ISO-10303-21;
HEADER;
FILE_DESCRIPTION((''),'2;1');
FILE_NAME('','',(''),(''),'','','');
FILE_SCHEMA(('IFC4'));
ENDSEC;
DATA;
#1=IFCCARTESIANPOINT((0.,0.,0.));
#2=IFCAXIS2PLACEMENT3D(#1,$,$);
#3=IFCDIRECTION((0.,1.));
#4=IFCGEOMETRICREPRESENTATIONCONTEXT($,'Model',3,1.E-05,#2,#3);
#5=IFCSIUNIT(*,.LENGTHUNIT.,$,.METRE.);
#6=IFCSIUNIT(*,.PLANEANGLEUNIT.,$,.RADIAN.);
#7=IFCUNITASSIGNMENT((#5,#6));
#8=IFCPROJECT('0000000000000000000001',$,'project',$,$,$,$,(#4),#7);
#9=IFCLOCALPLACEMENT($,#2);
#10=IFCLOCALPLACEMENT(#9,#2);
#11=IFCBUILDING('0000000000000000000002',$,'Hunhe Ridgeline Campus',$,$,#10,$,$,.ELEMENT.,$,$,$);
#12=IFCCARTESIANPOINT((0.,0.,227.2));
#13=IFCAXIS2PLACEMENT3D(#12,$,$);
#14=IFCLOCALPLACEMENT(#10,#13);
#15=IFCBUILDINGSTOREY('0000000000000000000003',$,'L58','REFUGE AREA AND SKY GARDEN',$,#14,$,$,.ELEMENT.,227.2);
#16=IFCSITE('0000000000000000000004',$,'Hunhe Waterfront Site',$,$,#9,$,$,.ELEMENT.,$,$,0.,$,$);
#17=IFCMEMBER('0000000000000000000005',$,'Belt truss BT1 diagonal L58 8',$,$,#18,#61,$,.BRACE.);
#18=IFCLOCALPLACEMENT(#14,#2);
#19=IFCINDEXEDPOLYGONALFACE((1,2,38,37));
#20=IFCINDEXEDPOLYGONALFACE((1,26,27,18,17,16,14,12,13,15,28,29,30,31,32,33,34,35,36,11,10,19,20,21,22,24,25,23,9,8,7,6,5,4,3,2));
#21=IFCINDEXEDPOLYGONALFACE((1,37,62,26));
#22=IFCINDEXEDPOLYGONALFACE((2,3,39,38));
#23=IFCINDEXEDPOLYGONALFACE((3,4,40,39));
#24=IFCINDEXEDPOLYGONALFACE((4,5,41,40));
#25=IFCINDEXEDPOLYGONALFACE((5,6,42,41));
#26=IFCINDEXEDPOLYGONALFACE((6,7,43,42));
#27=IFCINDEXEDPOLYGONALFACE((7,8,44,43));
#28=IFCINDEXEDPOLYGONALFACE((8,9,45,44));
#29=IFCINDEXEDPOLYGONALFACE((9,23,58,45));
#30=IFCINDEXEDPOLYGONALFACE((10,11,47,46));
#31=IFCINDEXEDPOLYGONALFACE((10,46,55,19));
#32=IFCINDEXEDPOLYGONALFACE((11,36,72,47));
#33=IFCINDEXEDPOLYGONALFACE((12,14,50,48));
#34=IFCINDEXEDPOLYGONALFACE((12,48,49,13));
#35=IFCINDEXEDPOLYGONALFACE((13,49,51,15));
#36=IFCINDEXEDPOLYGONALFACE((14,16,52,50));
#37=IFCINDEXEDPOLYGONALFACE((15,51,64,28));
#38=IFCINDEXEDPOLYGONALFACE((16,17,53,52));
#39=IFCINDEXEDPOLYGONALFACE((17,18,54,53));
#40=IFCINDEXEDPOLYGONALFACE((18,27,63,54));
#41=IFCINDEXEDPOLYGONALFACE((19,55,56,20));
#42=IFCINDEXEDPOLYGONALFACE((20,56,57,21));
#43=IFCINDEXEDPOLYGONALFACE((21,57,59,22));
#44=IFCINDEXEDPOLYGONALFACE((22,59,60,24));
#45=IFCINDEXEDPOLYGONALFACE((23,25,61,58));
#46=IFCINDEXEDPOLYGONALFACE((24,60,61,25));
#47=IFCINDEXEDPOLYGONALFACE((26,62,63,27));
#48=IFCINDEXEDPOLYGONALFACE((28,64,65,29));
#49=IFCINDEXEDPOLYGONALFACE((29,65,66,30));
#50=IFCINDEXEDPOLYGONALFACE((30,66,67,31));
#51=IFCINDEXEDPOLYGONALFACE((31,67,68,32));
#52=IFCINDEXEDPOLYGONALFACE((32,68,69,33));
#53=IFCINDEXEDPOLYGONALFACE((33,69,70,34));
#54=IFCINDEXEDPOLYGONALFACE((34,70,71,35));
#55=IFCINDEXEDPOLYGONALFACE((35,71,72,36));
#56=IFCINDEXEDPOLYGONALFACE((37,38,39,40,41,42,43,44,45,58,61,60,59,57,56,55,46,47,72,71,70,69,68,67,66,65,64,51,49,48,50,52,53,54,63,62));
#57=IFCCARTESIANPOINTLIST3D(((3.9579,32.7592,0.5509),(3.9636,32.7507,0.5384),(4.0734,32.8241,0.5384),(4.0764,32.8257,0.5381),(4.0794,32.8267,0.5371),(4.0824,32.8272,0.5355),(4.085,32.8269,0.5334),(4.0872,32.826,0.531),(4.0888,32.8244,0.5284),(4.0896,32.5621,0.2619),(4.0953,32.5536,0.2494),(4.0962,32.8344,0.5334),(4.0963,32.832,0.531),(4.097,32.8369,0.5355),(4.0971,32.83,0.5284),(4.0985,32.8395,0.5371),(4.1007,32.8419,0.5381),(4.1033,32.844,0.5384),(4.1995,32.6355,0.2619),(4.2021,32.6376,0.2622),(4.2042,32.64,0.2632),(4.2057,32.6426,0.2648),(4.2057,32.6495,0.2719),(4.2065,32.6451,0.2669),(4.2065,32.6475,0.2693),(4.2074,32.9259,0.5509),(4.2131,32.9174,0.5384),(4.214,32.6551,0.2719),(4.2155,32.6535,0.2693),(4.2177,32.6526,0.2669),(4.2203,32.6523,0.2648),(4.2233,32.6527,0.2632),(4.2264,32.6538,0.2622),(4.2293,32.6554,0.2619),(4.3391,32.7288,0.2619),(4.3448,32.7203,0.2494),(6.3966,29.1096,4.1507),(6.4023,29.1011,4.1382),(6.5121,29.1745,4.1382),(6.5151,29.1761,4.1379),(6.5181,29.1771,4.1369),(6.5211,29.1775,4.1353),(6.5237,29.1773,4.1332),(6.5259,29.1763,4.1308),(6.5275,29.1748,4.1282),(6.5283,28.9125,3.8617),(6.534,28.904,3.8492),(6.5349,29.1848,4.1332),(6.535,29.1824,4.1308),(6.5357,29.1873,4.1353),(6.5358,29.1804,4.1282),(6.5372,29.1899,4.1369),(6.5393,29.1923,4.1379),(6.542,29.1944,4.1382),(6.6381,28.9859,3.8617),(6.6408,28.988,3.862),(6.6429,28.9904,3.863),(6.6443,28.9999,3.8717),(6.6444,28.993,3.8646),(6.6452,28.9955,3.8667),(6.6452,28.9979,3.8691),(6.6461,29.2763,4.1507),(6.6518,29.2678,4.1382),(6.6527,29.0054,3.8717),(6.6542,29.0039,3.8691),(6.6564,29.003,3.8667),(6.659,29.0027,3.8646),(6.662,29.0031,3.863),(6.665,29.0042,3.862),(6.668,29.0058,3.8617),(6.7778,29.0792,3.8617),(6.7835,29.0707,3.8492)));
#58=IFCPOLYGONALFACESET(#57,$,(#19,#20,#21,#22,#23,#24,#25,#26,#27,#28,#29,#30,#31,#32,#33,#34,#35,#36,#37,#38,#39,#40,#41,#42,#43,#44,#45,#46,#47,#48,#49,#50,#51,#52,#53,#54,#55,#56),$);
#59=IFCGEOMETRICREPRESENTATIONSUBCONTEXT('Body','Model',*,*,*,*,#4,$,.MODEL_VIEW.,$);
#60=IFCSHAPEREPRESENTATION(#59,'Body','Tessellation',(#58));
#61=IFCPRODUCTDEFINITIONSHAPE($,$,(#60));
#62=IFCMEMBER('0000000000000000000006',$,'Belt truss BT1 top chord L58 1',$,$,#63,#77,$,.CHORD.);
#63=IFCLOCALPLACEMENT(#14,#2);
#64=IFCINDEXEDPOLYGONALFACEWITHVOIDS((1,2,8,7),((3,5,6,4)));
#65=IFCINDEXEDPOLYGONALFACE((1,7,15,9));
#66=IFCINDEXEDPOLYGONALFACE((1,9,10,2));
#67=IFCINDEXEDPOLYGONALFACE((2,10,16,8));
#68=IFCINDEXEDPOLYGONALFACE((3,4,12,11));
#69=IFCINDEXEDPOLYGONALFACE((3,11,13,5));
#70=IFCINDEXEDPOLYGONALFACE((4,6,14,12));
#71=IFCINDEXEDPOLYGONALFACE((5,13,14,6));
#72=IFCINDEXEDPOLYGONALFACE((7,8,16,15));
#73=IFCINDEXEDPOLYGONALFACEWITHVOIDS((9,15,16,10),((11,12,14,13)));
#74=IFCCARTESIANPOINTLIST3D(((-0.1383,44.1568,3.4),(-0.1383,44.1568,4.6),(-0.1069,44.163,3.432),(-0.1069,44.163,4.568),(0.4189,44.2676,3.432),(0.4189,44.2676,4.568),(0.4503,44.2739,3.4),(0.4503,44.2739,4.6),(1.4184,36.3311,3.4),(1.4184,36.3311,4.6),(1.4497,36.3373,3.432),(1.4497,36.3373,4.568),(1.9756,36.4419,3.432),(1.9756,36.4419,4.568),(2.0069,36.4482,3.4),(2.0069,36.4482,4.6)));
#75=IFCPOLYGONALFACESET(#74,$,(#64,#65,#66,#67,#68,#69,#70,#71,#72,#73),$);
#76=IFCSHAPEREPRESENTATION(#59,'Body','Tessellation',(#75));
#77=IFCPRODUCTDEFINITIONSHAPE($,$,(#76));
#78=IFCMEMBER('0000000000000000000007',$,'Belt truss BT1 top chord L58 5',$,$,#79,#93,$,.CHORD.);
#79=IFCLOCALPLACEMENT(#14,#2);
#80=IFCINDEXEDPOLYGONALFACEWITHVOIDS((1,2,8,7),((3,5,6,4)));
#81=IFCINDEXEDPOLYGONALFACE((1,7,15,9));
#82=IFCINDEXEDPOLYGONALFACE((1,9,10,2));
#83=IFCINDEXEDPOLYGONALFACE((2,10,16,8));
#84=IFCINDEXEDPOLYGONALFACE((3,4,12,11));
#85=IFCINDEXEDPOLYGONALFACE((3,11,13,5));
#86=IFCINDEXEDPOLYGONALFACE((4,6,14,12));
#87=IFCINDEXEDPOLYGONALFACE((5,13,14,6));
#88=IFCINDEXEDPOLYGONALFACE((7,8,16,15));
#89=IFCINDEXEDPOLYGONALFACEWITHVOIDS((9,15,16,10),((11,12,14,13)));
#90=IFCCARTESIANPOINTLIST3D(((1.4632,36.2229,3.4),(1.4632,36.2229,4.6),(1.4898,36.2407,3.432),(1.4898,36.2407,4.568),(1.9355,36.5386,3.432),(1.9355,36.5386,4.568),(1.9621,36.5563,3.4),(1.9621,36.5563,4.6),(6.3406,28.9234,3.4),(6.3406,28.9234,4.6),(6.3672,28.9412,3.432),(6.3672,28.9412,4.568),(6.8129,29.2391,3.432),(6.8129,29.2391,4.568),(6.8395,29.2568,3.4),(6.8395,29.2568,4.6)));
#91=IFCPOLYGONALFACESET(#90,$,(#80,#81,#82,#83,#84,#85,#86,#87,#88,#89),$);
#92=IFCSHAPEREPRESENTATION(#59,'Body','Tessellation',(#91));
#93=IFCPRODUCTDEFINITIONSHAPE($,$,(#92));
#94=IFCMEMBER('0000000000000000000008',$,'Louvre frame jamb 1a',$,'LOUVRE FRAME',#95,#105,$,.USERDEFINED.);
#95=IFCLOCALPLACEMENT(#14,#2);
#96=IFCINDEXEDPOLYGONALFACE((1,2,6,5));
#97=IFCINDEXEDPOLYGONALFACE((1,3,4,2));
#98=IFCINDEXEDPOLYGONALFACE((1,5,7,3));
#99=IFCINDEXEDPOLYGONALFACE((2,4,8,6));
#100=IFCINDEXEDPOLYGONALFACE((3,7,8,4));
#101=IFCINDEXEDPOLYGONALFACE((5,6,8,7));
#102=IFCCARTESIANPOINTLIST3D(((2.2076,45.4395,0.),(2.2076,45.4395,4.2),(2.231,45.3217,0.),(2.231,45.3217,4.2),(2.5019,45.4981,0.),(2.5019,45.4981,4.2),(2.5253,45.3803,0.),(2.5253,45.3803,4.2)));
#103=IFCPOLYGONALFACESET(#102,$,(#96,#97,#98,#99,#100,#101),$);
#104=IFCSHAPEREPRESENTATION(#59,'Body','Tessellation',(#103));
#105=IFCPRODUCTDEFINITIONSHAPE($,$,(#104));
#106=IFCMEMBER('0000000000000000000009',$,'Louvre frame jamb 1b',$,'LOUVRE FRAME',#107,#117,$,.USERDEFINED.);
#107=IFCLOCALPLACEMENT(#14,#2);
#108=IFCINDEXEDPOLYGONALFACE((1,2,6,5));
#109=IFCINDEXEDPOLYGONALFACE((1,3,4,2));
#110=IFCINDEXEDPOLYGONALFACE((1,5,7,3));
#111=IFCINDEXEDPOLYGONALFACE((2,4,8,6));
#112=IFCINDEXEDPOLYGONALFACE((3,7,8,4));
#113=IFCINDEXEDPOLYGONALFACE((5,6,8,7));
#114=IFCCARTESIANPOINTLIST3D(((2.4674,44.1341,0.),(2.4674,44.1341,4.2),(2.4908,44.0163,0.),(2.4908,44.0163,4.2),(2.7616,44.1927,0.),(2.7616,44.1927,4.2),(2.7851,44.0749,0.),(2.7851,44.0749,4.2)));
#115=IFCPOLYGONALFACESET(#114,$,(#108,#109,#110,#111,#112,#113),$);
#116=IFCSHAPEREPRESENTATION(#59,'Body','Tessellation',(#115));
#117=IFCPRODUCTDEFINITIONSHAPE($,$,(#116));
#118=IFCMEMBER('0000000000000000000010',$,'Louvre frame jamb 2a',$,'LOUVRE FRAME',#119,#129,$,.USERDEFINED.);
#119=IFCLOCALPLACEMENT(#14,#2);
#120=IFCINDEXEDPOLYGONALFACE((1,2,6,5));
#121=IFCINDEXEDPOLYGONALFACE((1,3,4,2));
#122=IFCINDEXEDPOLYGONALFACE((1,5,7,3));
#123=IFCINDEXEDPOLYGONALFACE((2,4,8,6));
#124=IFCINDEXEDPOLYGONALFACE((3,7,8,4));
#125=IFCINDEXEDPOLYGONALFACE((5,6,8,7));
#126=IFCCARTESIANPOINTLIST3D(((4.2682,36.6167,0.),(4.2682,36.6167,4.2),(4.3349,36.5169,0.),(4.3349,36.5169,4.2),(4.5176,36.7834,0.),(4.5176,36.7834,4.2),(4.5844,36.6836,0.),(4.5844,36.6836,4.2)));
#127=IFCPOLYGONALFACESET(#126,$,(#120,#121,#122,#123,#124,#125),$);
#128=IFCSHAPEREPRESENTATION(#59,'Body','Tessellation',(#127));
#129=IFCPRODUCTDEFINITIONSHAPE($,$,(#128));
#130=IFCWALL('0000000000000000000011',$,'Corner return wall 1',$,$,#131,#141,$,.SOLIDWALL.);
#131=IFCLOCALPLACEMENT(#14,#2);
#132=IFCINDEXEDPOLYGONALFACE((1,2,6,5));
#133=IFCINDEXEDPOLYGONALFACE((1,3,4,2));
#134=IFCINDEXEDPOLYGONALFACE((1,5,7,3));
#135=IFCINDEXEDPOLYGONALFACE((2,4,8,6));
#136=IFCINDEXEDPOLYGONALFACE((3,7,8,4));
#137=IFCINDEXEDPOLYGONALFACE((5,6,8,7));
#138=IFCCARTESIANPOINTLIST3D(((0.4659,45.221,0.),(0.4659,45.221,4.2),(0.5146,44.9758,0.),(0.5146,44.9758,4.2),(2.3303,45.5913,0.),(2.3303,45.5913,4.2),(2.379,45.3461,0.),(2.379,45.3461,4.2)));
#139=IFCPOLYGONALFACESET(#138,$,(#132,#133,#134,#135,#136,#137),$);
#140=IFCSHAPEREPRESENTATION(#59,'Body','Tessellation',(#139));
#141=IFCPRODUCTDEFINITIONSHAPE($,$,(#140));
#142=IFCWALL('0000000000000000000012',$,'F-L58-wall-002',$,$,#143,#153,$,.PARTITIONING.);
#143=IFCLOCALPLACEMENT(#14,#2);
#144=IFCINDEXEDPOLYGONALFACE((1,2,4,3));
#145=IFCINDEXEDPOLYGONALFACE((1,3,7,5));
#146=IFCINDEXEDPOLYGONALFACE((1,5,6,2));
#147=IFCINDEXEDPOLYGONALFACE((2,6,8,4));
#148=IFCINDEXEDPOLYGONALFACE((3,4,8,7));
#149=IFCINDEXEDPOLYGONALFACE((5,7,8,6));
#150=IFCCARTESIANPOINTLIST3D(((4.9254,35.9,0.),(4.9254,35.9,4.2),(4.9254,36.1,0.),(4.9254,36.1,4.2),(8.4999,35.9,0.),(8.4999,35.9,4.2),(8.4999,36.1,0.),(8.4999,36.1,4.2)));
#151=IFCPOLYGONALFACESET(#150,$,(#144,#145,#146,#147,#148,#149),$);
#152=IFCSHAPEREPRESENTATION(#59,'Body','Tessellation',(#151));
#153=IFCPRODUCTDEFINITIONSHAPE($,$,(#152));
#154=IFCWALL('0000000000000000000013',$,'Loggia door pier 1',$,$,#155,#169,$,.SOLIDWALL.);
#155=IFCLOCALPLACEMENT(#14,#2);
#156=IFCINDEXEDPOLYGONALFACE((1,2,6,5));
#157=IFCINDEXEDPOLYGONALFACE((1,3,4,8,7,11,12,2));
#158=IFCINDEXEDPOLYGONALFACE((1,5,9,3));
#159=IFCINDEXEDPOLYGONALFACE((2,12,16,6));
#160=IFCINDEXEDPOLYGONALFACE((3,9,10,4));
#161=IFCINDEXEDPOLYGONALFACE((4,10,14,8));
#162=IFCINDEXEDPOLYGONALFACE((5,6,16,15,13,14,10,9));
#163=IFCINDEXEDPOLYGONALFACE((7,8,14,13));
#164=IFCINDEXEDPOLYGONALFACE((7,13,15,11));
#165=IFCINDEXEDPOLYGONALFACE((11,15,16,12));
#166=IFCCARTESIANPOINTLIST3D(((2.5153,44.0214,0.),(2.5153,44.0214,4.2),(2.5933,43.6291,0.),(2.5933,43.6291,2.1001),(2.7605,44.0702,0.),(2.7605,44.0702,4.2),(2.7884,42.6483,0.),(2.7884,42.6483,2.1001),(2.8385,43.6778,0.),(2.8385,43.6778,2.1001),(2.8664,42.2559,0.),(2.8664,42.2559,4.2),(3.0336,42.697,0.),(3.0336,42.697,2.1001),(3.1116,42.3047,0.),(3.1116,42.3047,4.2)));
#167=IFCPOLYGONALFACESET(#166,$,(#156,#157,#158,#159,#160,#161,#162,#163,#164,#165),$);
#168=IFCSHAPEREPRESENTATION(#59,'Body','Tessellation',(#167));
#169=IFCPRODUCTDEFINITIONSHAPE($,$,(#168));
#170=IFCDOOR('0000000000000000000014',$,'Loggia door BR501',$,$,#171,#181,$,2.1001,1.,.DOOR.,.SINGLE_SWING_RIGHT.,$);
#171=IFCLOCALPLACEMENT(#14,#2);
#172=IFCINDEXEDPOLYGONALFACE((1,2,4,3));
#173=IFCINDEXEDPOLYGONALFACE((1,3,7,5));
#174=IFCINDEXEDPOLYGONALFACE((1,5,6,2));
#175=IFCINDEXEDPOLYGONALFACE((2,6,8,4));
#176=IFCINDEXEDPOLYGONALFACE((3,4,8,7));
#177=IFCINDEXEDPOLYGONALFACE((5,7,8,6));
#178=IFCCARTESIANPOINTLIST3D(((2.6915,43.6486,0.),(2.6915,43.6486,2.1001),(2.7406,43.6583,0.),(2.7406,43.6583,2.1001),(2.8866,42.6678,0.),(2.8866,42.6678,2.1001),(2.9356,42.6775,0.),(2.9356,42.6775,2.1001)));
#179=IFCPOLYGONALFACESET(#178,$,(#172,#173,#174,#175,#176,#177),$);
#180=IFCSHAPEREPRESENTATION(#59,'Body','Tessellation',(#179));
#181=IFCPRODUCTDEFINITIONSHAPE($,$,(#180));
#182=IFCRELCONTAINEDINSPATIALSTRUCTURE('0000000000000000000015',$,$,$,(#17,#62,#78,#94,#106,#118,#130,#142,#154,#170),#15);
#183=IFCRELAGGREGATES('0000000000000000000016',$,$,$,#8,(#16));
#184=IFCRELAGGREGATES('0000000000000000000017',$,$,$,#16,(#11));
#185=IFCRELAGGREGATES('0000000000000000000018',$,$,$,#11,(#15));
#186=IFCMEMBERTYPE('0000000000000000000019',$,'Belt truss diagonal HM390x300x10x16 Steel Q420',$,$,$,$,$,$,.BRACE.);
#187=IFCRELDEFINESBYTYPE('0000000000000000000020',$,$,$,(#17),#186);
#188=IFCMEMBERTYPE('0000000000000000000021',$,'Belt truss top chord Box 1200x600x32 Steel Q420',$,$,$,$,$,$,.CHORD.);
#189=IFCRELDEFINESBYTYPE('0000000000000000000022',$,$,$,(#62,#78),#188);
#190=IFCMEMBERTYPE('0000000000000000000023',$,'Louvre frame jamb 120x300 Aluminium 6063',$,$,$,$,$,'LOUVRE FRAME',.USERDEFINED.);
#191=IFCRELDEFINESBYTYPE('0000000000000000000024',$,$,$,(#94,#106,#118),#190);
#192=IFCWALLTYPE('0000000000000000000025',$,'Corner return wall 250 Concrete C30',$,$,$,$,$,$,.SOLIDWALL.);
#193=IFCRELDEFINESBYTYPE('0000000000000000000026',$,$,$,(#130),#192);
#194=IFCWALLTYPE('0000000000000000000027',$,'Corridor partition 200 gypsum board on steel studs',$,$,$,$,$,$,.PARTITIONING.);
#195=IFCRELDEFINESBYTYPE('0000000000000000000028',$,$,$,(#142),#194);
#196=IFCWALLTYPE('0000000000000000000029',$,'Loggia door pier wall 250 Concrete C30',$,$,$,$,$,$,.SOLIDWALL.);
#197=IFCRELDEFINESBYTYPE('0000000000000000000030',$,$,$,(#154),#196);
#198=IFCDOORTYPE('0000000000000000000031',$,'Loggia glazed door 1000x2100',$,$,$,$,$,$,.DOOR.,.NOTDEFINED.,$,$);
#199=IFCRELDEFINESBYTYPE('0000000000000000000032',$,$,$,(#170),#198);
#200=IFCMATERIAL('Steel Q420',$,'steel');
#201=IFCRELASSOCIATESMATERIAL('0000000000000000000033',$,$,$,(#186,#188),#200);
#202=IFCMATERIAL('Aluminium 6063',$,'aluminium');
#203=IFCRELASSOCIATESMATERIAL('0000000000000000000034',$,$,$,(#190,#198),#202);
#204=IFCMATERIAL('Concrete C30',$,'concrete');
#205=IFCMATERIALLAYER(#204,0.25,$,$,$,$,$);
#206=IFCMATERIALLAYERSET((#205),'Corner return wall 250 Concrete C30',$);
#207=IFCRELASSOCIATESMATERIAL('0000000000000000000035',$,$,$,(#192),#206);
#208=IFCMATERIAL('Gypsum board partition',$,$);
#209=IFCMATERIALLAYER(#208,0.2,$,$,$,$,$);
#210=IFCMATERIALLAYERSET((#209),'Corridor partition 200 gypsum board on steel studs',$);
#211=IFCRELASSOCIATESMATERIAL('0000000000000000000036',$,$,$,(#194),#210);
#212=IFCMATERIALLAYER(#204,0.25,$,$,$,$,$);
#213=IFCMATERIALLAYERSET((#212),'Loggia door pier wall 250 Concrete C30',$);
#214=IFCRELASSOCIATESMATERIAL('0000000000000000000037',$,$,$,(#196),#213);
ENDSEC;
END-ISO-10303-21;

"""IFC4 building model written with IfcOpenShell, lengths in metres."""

from ifc_helpers import new_model, si_unit, direction, frame, frame_2d, origin, origin_2d, place, context, subcontext, project, spatial, rectangle, hollow_rectangle, i_section, extrude, material, layer, layer_set, material_profile, profile_set, type_object, element, fill, save


model = new_model("IFC4")

# Units and contexts
model_context = context("Model", 3, precision=1e-05, world=origin(), true_north=direction((0.0, 1.0)))
body_context = subcontext(model_context, "Body", "Model", "MODEL_VIEW")
ifc_project = project(units=[si_unit("LENGTHUNIT", "METRE"), si_unit("PLANEANGLEUNIT", "RADIAN")], contexts=[model_context])

# Site, building, storey
site_placement = place(None, origin())
site = spatial("IfcSite", under=ifc_project, at=site_placement, Name="Hunhe Waterfront Site", CompositionType="ELEMENT", RefElevation=0.0)
building_placement = place(site_placement, origin())
building = spatial("IfcBuilding", under=site, at=building_placement, Name="Hunhe Ridgeline Campus", CompositionType="ELEMENT")
storey_placement = place(building_placement, frame((0.0, 0.0, 227.2)))
storey = spatial("IfcBuildingStorey", under=building, at=storey_placement, Name="L58", Description="REFUGE AREA AND SKY GARDEN", CompositionType="ELEMENT", Elevation=227.2)

# Members
ifc_material_1 = material(Name="Steel Q420", Category="steel")
ifc_material_profile_1 = material_profile(ifc_material_1, i_section(OverallWidth=0.3, OverallDepth=0.3899, WebThickness=0.01, FlangeThickness=0.0161, FilletRadius=0.0129, at=origin_2d()))
ifc_profile_set_1 = profile_set([ifc_material_profile_1], Name="Steel Q420")
member_type_1 = type_object("IfcMemberType", Name="Belt truss diagonal HM390x300x10x16 Steel Q420", PredefinedType="BRACE", material=ifc_profile_set_1)
member_1_placement = place(storey_placement, frame((4.1514, 32.7397, 0.4001), z_axis=(0.429593, -0.642905, 0.634132), x_axis=(0.831459, 0.555586, 0.0)))
element("IfcMember", 1, at=member_1_placement, inside=storey, type_object=member_type_1, Name="Belt truss BT1 diagonal L58 8", PredefinedType="BRACE", context=body_context, shape_type="SweptSolid", body=[
    extrude(i_section(OverallWidth=0.3, OverallDepth=0.3899, WebThickness=0.01, FlangeThickness=0.0161, FilletRadius=0.0129, at=origin_2d()), origin(), (0.0, 0.0, 1.0), 5.6768),
])
ifc_material_profile_2 = material_profile(ifc_material_1, hollow_rectangle(XDim=0.6001, YDim=1.2, WallThickness=0.032, at=origin_2d()))
ifc_profile_set_2 = profile_set([ifc_material_profile_2], Name="Steel Q420")
member_type_2 = type_object("IfcMemberType", Name="Belt truss top chord Box 1200x600x32 Steel Q420", PredefinedType="CHORD", material=ifc_profile_set_2)
member_2_placement = place(storey_placement, frame((0.156, 44.2153, 4.0), z_axis=(0.195092, -0.980785, 0.0), x_axis=(0.980785, 0.195092, 0.0)))
element("IfcMember", 2, at=member_2_placement, inside=storey, type_object=member_type_2, Name="Belt truss BT1 top chord L58 1", PredefinedType="CHORD", context=body_context, shape_type="SweptSolid", body=[
    extrude(hollow_rectangle(XDim=0.6001, YDim=1.2, WallThickness=0.032, at=origin_2d()), origin(), (0.0, 0.0, 1.0), 7.979),
])
member_3_placement = place(storey_placement, frame((1.7126, 36.3896, 4.0), z_axis=(0.555573, -0.831468, 0.0), x_axis=(0.831468, 0.555573, 0.0)))
element("IfcMember", 3, at=member_3_placement, inside=storey, type_object=member_type_2, Name="Belt truss BT1 top chord L58 5", PredefinedType="CHORD", context=body_context, shape_type="SweptSolid", body=[
    extrude(hollow_rectangle(XDim=0.6001, YDim=1.2, WallThickness=0.032, at=origin_2d()), origin(), (0.0, 0.0, 1.0), 8.7791),
])
ifc_material_2 = material(Name="Aluminium 6063", Category="aluminium")
ifc_material_profile_3 = material_profile(ifc_material_2, rectangle(XDim=0.3, YDim=0.1201, at=origin_2d()))
ifc_profile_set_3 = profile_set([ifc_material_profile_3], Name="Aluminium 6063")
member_type_3 = type_object("IfcMemberType", Name="Louvre frame jamb 120x300 Aluminium 6063", ElementType="LOUVRE FRAME", PredefinedType="USERDEFINED", material=ifc_profile_set_3)
for number, where, z_axis, x_axis, name in (
    (4, (2.3665, 45.4099, 0.0), (0.0, 0.0, 1.0), (0.980784, 0.195096, 0.0), "Louvre frame jamb 1a"),
    (5, (2.6262, 44.1045, 0.0), (0.0, 0.0, 1.0), (0.980784, 0.195096, 0.0), "Louvre frame jamb 1b"),
    (6, (4.4263, 36.6501, 0.0), (0.0, 0.0, 1.0), (0.83147, 0.55557, 0.0), "Louvre frame jamb 2a"),
):
    element("IfcMember", number, at=place(storey_placement, frame(where, z_axis=z_axis, x_axis=x_axis)), inside=storey, type_object=member_type_3, Name=name, ObjectType="LOUVRE FRAME", PredefinedType="USERDEFINED", context=body_context, shape_type="SweptSolid", body=[
        extrude(rectangle(XDim=0.3, YDim=0.1201, at=origin_2d()), origin(), (0.0, 0.0, 1.0), 4.2),
    ])

# Walls
ifc_material_3 = material(Name="Concrete C30", Category="concrete")
ifc_layer_1 = layer(ifc_material_3, 0.25)
ifc_layer_set_1 = layer_set([ifc_layer_1], Name="Corner return wall 250 Concrete C30")
wall_type_1 = type_object("IfcWallType", Name="Corner return wall 250 Concrete C30", PredefinedType="SOLIDWALL", material=ifc_layer_set_1)
wall_1_placement = place(storey_placement, frame((0.4902, 45.0984, 0.0), z_axis=(0.0, 0.0, 1.0), x_axis=(0.980837, 0.194832, 0.0)))
element("IfcWall", 7, at=wall_1_placement, inside=storey, type_object=wall_type_1, Name="Corner return wall 1", PredefinedType="SOLIDWALL", context=body_context, shape_type="SweptSolid", body=[
    extrude(rectangle(XDim=1.9009, YDim=0.25, at=frame_2d((0.9504, 0.0))), origin(), (0.0, 0.0, 1.0), 4.2),
])
ifc_material_4 = material(Name="Gypsum board partition")
ifc_layer_2 = layer(ifc_material_4, 0.2)
ifc_layer_set_2 = layer_set([ifc_layer_2], Name="Corridor partition 200 gypsum board on steel studs")
wall_type_2 = type_object("IfcWallType", Name="Corridor partition 200 gypsum board on steel studs", PredefinedType="PARTITIONING", material=ifc_layer_set_2)
wall_2_placement = place(storey_placement, frame((4.9255, 36.0, 0.0), z_axis=(0.0, 0.0, 1.0), x_axis=(1.0, 0.0, 0.0)))
element("IfcWall", 8, at=wall_2_placement, inside=storey, type_object=wall_type_2, Name="F-L58-wall-002", PredefinedType="PARTITIONING", context=body_context, shape_type="SweptSolid", body=[
    extrude(rectangle(XDim=3.5745, YDim=0.2, at=frame_2d((1.7871, 0.0))), origin(), (0.0, 0.0, 1.0), 4.2),
])

# Wall, opening, door
ifc_layer_3 = layer(ifc_material_3, 0.25)
ifc_layer_set_3 = layer_set([ifc_layer_3], Name="Loggia door pier wall 250 Concrete C30")
wall_type_3 = type_object("IfcWallType", Name="Loggia door pier wall 250 Concrete C30", PredefinedType="SOLIDWALL", material=ifc_layer_set_3)
wall_3_placement = place(storey_placement, frame((2.6379, 44.0457, 0.0), z_axis=(0.0, 0.0, 1.0), x_axis=(0.195047, -0.980794, 0.0)))
wall_3 = element("IfcWall", 9, at=wall_3_placement, inside=storey, type_object=wall_type_3, Name="Loggia door pier 1", PredefinedType="SOLIDWALL", context=body_context, shape_type="SweptSolid", body=[
    extrude(rectangle(XDim=1.8, YDim=0.25, at=frame_2d((0.8999, 0.0))), origin(), (0.0, 0.0, 1.0), 4.2),
])
opening_placement = place(wall_3_placement, frame((0.3999, 0.0, 0.0)))
opening = element("IfcOpeningElement", 10, at=opening_placement, cuts=wall_3, PredefinedType="OPENING", context=body_context, shape_type="SweptSolid", body=[
    extrude(rectangle(XDim=1.0, YDim=2.1001, at=frame_2d((0.5, 1.05))), frame((0.0, 0.125, 0.0), z_axis=(0.0, -1.0, 0.0), x_axis=(1.0, 0.0, 0.0)), (0.0, 0.0, 1.0), 0.25),
])
door_type = type_object("IfcDoorType", Name="Loggia glazed door 1000x2100", OperationType="NOTDEFINED", PredefinedType="DOOR", material=ifc_material_2)
door_placement = place(opening_placement, frame((1.0, 0.0, 0.0), z_axis=(0.0, 0.0, 1.0), x_axis=(-1.0, 0.0, 0.0)))
door = element("IfcDoor", 11, at=door_placement, inside=storey, type_object=door_type, Name="Loggia door BR501", OperationType="SINGLE_SWING_RIGHT", OverallHeight=2.1001, OverallWidth=1.0, PredefinedType="DOOR", context=body_context, shape_type="SweptSolid", body=[
    extrude(rectangle(XDim=1.0, YDim=2.1001, at=frame_2d((0.5, 1.05))), frame((0.0, 0.0249, 0.0), z_axis=(0.0, -1.0, 0.0), x_axis=(1.0, 0.0, 0.0)), (0.0, 0.0, 1.0), 0.05),
])
fill(opening, door)

save(model, "model.ifc")
